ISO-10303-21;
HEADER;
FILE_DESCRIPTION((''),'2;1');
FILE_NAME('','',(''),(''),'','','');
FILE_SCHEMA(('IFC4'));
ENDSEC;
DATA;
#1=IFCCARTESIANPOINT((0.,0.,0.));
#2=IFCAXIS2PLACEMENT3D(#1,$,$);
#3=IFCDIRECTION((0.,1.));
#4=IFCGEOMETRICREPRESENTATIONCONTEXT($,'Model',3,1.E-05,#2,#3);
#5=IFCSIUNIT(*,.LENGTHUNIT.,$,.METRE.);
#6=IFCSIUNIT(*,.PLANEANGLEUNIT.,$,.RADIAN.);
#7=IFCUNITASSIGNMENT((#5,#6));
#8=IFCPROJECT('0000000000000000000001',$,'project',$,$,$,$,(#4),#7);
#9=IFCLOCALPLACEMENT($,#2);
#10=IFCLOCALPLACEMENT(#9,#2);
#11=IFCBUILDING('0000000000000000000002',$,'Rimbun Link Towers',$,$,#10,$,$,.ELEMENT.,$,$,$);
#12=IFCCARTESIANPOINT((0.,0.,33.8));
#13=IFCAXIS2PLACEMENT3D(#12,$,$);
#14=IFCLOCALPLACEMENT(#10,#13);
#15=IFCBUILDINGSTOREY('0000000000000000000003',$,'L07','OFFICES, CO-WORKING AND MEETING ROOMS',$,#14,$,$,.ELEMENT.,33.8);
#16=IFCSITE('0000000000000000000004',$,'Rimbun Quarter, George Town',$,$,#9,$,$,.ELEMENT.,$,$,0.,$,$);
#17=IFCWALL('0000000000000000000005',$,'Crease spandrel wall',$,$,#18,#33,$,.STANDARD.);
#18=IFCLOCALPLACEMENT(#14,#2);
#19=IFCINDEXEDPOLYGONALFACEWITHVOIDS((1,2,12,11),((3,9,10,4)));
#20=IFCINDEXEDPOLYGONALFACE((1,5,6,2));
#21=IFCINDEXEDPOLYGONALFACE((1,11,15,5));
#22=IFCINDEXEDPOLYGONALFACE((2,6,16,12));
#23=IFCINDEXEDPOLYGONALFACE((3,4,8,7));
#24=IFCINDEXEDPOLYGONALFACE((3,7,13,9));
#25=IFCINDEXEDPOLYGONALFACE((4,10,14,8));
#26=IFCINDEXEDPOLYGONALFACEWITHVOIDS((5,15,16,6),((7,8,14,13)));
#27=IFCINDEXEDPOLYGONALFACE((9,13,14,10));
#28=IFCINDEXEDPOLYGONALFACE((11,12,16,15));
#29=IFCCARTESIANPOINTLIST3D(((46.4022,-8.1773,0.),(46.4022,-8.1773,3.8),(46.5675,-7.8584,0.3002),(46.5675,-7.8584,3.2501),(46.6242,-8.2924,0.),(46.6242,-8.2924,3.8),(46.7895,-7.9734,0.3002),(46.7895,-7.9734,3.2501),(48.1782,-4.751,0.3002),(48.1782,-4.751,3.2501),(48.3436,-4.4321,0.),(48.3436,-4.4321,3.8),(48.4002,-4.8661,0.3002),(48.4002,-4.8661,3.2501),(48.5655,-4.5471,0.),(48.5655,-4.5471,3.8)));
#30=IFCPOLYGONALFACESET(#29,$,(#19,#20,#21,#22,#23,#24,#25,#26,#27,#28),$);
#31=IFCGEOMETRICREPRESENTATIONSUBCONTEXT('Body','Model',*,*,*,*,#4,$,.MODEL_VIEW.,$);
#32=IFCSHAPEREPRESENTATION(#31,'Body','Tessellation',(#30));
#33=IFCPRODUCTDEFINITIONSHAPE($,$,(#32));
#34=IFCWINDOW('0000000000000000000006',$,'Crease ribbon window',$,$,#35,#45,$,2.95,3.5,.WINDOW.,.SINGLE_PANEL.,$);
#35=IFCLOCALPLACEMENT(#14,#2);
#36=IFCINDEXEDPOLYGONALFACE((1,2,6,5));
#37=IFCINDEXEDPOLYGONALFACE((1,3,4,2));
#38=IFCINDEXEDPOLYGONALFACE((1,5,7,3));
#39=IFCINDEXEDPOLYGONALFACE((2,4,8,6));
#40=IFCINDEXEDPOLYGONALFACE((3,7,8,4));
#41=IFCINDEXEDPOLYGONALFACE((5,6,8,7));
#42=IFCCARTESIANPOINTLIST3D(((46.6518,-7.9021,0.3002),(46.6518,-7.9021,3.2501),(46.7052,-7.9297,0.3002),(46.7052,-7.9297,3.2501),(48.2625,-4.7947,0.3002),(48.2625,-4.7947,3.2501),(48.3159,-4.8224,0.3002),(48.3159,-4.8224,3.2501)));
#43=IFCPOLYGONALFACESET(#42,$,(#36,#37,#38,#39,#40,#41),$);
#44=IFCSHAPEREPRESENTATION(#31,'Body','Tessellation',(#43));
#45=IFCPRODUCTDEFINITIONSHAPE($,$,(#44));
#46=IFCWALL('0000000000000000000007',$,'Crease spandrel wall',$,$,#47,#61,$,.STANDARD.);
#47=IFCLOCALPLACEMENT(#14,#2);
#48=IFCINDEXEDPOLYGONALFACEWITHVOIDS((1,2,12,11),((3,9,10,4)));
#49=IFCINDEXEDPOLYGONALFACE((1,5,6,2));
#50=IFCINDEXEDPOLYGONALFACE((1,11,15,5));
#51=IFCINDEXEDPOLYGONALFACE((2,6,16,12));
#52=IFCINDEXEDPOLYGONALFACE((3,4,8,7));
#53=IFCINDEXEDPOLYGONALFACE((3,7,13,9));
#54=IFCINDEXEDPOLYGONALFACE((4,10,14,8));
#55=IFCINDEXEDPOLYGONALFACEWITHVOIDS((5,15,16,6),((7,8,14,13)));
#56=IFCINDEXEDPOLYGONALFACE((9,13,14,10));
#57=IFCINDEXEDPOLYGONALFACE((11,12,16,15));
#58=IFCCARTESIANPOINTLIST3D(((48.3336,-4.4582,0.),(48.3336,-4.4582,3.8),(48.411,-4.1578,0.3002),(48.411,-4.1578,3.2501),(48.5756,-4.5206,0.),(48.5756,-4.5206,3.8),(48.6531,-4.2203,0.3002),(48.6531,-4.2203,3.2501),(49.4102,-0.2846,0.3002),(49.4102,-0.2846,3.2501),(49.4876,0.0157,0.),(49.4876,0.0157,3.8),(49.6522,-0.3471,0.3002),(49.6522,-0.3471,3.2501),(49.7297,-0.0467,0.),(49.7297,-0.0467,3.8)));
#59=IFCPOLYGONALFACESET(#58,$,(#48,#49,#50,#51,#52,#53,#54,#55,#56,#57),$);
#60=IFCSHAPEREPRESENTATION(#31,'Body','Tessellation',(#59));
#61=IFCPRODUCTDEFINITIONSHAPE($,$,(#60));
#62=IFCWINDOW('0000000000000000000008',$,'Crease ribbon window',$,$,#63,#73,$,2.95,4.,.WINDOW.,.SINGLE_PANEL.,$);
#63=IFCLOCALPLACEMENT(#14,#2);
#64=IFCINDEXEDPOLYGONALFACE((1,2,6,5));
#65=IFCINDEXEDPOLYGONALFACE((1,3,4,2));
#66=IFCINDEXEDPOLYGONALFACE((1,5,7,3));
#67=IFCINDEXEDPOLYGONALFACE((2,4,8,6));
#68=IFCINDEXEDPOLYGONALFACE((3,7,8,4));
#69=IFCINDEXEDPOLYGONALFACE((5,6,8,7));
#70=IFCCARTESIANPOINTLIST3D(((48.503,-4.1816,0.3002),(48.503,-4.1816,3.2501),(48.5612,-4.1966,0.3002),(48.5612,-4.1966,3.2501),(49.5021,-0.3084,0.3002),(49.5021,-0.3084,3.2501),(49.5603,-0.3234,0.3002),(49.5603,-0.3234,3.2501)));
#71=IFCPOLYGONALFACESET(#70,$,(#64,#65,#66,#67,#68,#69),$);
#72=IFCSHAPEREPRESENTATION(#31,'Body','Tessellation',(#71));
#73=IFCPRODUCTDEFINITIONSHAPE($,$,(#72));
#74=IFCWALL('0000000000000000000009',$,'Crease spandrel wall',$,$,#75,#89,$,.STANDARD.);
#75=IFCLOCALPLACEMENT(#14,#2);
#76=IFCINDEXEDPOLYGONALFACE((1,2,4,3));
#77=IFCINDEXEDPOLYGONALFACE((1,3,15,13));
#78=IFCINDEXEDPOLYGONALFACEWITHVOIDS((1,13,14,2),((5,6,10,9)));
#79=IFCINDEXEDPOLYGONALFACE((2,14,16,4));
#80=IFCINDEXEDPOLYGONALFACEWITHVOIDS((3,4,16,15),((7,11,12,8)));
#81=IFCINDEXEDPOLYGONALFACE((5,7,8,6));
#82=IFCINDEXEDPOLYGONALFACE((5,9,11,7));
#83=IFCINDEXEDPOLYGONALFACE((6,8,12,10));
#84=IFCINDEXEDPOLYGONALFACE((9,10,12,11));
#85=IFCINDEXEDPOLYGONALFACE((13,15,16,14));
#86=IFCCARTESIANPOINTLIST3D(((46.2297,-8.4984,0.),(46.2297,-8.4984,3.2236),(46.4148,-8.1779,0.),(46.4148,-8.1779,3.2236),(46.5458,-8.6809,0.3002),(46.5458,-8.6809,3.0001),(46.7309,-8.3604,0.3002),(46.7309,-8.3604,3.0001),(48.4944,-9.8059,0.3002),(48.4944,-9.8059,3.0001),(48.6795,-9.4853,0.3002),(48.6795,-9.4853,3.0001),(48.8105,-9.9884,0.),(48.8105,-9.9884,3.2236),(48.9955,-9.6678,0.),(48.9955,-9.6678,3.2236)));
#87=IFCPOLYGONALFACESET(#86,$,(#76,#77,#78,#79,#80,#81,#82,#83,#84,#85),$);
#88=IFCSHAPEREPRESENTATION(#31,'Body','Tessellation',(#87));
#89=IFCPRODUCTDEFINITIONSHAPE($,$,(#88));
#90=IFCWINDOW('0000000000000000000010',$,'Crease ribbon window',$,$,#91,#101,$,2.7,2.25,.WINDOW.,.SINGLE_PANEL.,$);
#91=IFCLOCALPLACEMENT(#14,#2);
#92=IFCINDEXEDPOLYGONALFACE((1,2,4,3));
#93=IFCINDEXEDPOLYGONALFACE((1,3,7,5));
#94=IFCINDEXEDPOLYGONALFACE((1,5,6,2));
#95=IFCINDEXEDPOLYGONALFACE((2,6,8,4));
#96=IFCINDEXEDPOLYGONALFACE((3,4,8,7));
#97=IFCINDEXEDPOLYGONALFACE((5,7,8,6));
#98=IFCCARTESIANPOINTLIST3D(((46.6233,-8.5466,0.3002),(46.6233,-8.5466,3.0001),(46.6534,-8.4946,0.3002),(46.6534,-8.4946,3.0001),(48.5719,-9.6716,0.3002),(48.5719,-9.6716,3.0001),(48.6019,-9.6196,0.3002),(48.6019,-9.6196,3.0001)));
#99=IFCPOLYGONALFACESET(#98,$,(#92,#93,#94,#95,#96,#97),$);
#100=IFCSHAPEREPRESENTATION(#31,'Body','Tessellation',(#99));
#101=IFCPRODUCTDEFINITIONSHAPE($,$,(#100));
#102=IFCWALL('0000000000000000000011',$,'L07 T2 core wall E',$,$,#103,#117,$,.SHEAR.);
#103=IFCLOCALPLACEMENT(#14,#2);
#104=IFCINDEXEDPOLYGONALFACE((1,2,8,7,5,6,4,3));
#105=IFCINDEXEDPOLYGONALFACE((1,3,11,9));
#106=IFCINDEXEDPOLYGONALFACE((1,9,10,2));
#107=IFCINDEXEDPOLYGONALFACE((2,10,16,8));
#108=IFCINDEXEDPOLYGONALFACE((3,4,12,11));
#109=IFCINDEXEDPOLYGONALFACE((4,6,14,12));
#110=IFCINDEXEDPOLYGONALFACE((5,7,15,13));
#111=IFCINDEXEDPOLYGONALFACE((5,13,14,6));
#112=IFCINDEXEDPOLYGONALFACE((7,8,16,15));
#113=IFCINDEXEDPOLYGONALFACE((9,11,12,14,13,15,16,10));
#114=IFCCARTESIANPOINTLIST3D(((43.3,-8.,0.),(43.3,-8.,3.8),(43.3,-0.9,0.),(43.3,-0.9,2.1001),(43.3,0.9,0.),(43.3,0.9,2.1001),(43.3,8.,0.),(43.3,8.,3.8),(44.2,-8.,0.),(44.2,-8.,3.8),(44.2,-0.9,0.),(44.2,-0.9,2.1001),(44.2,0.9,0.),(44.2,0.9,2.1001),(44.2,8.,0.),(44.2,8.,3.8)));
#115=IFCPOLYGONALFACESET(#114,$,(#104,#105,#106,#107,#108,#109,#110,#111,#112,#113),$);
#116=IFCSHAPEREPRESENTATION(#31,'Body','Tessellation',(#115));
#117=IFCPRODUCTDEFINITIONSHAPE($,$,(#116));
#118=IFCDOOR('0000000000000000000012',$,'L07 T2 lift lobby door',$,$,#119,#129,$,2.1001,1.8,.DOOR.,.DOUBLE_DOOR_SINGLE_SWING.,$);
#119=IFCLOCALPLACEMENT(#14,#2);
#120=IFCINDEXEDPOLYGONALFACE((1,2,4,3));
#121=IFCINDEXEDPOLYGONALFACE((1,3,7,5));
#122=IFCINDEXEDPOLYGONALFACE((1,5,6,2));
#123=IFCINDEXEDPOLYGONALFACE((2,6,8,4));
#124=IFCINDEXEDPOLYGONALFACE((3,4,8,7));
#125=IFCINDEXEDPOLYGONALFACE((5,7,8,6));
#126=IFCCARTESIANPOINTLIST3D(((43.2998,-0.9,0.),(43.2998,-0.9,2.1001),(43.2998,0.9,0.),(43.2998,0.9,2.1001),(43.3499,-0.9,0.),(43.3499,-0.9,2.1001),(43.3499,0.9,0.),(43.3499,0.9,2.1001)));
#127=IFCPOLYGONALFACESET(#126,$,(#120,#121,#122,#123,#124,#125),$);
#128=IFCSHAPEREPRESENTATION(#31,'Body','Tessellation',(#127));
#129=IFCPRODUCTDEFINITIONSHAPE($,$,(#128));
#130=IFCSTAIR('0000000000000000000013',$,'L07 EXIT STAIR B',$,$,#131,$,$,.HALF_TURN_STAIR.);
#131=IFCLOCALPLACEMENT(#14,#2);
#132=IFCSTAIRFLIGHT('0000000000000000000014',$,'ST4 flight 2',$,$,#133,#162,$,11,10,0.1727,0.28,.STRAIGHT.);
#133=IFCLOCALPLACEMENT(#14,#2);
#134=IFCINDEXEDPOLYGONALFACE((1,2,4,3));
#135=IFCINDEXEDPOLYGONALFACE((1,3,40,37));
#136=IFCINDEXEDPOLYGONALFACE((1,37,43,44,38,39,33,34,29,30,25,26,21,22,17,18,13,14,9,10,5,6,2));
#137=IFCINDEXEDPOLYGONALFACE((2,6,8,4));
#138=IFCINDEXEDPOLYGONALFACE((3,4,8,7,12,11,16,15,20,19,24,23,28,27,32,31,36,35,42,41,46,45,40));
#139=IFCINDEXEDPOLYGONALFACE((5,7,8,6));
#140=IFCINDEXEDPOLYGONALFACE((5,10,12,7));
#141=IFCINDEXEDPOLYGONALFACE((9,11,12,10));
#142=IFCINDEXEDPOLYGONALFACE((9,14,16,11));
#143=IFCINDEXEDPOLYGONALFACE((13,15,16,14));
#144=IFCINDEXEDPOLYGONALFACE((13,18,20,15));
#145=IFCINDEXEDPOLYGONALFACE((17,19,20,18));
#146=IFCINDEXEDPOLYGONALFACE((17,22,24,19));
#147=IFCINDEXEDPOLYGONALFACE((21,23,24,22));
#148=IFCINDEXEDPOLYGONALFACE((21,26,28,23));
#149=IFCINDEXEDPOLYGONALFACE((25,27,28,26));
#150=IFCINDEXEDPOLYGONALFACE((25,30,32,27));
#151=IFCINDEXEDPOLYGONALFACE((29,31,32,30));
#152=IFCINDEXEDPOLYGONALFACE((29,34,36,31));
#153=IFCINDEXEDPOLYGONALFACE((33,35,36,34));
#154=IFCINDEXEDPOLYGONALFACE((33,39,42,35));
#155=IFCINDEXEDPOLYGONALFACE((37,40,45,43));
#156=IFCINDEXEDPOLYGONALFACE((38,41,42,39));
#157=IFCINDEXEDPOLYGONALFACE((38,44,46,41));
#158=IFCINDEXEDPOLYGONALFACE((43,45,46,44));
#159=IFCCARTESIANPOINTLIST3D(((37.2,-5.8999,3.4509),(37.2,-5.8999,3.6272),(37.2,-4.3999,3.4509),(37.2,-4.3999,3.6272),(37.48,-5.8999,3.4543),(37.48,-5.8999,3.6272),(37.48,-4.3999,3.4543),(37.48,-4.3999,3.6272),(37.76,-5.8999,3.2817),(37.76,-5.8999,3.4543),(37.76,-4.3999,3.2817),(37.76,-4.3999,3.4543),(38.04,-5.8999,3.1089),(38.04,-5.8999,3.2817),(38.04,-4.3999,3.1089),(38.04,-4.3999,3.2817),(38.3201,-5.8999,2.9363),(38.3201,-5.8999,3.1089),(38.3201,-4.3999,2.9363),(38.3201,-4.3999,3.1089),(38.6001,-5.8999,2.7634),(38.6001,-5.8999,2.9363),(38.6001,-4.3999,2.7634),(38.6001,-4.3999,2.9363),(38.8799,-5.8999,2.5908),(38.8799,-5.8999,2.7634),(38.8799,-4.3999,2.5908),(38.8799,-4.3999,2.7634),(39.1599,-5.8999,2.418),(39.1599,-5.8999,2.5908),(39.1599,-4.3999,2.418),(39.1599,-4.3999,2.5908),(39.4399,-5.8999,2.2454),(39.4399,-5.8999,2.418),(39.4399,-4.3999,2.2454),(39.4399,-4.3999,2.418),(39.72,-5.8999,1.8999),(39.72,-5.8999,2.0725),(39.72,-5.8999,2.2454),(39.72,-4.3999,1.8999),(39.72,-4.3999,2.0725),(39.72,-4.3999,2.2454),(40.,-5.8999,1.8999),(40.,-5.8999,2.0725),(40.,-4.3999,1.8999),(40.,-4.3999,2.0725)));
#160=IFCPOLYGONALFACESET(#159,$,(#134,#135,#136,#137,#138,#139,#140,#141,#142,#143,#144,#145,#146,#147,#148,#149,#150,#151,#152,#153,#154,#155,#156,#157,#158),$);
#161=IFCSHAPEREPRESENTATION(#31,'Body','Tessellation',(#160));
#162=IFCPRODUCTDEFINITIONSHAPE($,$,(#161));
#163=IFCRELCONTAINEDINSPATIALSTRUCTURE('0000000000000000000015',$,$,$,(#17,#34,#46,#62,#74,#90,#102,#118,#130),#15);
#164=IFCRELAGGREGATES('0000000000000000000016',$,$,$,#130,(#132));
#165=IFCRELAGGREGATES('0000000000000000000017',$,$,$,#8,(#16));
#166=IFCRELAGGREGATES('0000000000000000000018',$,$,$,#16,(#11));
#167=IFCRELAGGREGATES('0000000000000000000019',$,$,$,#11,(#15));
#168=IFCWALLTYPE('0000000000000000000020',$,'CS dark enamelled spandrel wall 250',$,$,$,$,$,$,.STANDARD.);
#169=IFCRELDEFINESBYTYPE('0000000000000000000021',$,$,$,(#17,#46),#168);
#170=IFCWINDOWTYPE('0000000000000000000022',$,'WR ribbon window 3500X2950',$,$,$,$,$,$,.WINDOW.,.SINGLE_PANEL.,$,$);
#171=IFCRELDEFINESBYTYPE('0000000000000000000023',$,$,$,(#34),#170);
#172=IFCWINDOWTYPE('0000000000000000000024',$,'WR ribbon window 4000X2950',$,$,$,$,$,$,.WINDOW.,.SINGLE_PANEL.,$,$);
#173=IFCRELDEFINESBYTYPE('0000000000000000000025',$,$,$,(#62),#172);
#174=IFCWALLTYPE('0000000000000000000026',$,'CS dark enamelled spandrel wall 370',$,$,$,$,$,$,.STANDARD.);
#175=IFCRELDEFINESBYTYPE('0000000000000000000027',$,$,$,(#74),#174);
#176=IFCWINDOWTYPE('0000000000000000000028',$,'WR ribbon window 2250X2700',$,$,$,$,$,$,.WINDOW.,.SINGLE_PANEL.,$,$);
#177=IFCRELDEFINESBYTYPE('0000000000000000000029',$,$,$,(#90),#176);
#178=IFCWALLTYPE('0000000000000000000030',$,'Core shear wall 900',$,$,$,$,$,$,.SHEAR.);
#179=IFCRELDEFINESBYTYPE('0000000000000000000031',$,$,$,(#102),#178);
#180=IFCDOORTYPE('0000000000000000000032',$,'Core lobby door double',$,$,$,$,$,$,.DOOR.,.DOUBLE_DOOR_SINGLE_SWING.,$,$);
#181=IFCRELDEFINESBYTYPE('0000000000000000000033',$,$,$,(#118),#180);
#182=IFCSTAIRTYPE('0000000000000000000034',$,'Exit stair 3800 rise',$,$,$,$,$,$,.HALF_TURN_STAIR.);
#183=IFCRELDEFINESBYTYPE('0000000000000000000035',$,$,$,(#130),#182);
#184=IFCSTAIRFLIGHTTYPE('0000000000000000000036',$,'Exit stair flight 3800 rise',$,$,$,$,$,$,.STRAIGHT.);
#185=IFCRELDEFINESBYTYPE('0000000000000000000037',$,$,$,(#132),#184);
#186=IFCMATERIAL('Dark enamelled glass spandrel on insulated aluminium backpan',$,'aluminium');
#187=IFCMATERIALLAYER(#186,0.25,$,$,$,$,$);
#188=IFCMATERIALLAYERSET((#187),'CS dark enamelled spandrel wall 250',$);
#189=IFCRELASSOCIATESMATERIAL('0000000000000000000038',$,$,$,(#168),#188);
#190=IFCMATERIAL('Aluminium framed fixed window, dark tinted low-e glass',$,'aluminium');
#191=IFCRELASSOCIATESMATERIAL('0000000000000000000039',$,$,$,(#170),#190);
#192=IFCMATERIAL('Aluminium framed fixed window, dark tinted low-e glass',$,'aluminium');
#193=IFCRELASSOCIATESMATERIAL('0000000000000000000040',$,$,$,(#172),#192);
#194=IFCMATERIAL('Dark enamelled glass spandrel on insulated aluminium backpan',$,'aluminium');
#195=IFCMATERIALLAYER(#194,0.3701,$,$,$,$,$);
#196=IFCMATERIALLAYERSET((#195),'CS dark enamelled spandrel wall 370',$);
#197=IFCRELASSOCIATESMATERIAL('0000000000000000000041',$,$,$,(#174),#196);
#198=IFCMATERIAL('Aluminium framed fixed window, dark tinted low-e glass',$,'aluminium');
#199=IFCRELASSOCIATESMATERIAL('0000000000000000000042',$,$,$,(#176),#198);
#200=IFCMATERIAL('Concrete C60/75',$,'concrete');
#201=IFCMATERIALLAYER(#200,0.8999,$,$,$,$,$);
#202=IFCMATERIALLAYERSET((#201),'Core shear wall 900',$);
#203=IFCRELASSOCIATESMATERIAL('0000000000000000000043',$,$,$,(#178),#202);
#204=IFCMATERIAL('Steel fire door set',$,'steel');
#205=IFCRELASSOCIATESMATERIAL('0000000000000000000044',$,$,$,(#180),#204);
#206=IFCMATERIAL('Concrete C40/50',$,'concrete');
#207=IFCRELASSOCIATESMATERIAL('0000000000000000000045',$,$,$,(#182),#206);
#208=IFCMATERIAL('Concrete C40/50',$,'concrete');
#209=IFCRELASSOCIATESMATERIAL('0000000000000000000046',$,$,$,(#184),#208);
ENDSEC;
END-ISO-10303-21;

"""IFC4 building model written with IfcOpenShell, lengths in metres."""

from ifc_helpers import new_model, si_unit, direction, frame, frame_2d, origin, place, context, subcontext, project, spatial, polyline, rectangle, outline, extrude, material, layer, layer_set, type_object, element, fill, aggregate, save


model = new_model("IFC4")

# Units and contexts
model_context = context("Model", 3, precision=1e-05, world=origin(), true_north=direction((0.0, 1.0)))
body_context = subcontext(model_context, "Body", "Model", "MODEL_VIEW")
ifc_project = project(units=[si_unit("LENGTHUNIT", "METRE"), si_unit("PLANEANGLEUNIT", "RADIAN")], contexts=[model_context])

# Site, building, storey
site_placement = place(None, origin())
site = spatial("IfcSite", under=ifc_project, at=site_placement, Name="Rimbun Quarter, George Town", CompositionType="ELEMENT", RefElevation=0.0)
building_placement = place(site_placement, origin())
building = spatial("IfcBuilding", under=site, at=building_placement, Name="Rimbun Link Towers", CompositionType="ELEMENT")
storey_placement = place(building_placement, frame((0.0, 0.0, 33.8)))
storey = spatial("IfcBuildingStorey", under=building, at=storey_placement, Name="L07", Description="OFFICES, CO-WORKING AND MEETING ROOMS", CompositionType="ELEMENT", Elevation=33.8)

# Walls, openings, windows
ifc_material_1 = material(Name="Dark enamelled glass spandrel on insulated aluminium backpan", Category="aluminium")
ifc_layer_1 = layer(ifc_material_1, 0.25)
ifc_layer_set_1 = layer_set([ifc_layer_1], Name="CS dark enamelled spandrel wall 250")
wall_type_1 = type_object("IfcWallType", Name="CS dark enamelled spandrel wall 250", PredefinedType="STANDARD", material=ifc_layer_set_1)
wall_1_placement = place(storey_placement, frame((48.4546, -4.4895, 0.0), z_axis=(0.0, 0.0, 1.0), x_axis=(-0.460199, -0.887816, 0.0)))
wall_1 = element("IfcWall", 1, at=wall_1_placement, inside=storey, type_object=wall_type_1, Name="Crease spandrel wall", PredefinedType="STANDARD", context=body_context, shape_type="SweptSolid", body=[
    extrude(rectangle(XDim=4.2185, YDim=0.25, at=frame_2d((2.1094, 0.0))), origin(), (0.0, 0.0, 1.0), 3.8),
])
opening_1_placement = place(wall_1_placement, frame((0.3594, 0.0, 0.3)))
opening_1 = element("IfcOpeningElement", 2, at=opening_1_placement, cuts=wall_1, PredefinedType="OPENING", context=body_context, shape_type="SweptSolid", body=[
    extrude(rectangle(XDim=3.5, YDim=2.95, at=frame_2d((1.75, 1.4751))), frame((0.0, 0.135, 0.0), z_axis=(0.0, -1.0, 0.0), x_axis=(1.0, 0.0, 0.0)), (0.0, 0.0, 1.0), 0.27),
])
ifc_material_2 = material(Name="Aluminium framed fixed window, dark tinted low-e glass", Category="aluminium")
window_type_1 = type_object("IfcWindowType", Name="WR ribbon window 3500X2950", PartitioningType="SINGLE_PANEL", PredefinedType="WINDOW", material=ifc_material_2)
window_1_placement = place(opening_1_placement, origin())
window_1 = element("IfcWindow", 3, at=window_1_placement, inside=storey, type_object=window_type_1, Name="Crease ribbon window", OverallHeight=2.95, OverallWidth=3.5, PartitioningType="SINGLE_PANEL", PredefinedType="WINDOW", context=body_context, shape_type="SweptSolid", body=[
    extrude(rectangle(XDim=3.5, YDim=2.95, at=frame_2d((1.75, 1.4751))), frame((0.0, 0.03, 0.0), z_axis=(0.0, -1.0, 0.0), x_axis=(1.0, 0.0, 0.0)), (0.0, 0.0, 1.0), 0.0601),
])
fill(opening_1, window_1)
wall_2_placement = place(storey_placement, frame((49.6086, -0.0156, 0.0), z_axis=(0.0, 0.0, 1.0), x_axis=(-0.249777, -0.968303, 0.0)))
wall_2 = element("IfcWall", 4, at=wall_2_placement, inside=storey, type_object=wall_type_1, Name="Crease spandrel wall", PredefinedType="STANDARD", context=body_context, shape_type="SweptSolid", body=[
    extrude(rectangle(XDim=4.6204, YDim=0.25, at=frame_2d((2.3101, 0.0))), origin(), (0.0, 0.0, 1.0), 3.8),
])
opening_2_placement = place(wall_2_placement, frame((0.3101, 0.0, 0.3)))
opening_2 = element("IfcOpeningElement", 5, at=opening_2_placement, cuts=wall_2, PredefinedType="OPENING", context=body_context, shape_type="SweptSolid", body=[
    extrude(rectangle(XDim=4.0, YDim=2.95, at=frame_2d((2.0, 1.4751))), frame((0.0, 0.135, 0.0), z_axis=(0.0, -1.0, 0.0), x_axis=(1.0, 0.0, 0.0)), (0.0, 0.0, 1.0), 0.27),
])
ifc_material_3 = material(Name="Aluminium framed fixed window, dark tinted low-e glass", Category="aluminium")
window_type_2 = type_object("IfcWindowType", Name="WR ribbon window 4000X2950", PartitioningType="SINGLE_PANEL", PredefinedType="WINDOW", material=ifc_material_3)
window_2_placement = place(opening_2_placement, origin())
window_2 = element("IfcWindow", 6, at=window_2_placement, inside=storey, type_object=window_type_2, Name="Crease ribbon window", OverallHeight=2.95, OverallWidth=4.0, PartitioningType="SINGLE_PANEL", PredefinedType="WINDOW", context=body_context, shape_type="SweptSolid", body=[
    extrude(rectangle(XDim=4.0, YDim=2.95, at=frame_2d((2.0, 1.4751))), frame((0.0, 0.03, 0.0), z_axis=(0.0, -1.0, 0.0), x_axis=(1.0, 0.0, 0.0)), (0.0, 0.0, 1.0), 0.0601),
])
fill(opening_2, window_2)
ifc_material_4 = material(Name="Dark enamelled glass spandrel on insulated aluminium backpan", Category="aluminium")
ifc_layer_2 = layer(ifc_material_4, 0.3701)
ifc_layer_set_2 = layer_set([ifc_layer_2], Name="CS dark enamelled spandrel wall 370")
wall_type_2 = type_object("IfcWallType", Name="CS dark enamelled spandrel wall 370", PredefinedType="STANDARD", material=ifc_layer_set_2)
wall_3_placement = place(storey_placement, frame((46.3223, -8.3381, 0.0), z_axis=(0.0, 0.0, 1.0), x_axis=(0.866031, -0.49999, 0.0)))
wall_3 = element("IfcWall", 7, at=wall_3_placement, inside=storey, type_object=wall_type_2, Name="Crease spandrel wall", PredefinedType="STANDARD", context=body_context, shape_type="SweptSolid", body=[
    extrude(rectangle(XDim=2.98, YDim=0.3701, at=frame_2d((1.49, 0.0))), origin(), (0.0, 0.0, 1.0), 3.2236),
])
opening_3_placement = place(wall_3_placement, frame((0.365, 0.0, 0.3)))
opening_3 = element("IfcOpeningElement", 8, at=opening_3_placement, cuts=wall_3, PredefinedType="OPENING", context=body_context, shape_type="SweptSolid", body=[
    extrude(rectangle(XDim=2.25, YDim=2.7, at=frame_2d((1.125, 1.3501))), frame((0.0, 0.1951, 0.0), z_axis=(0.0, -1.0, 0.0), x_axis=(1.0, 0.0, 0.0)), (0.0, 0.0, 1.0), 0.3901),
])
ifc_material_5 = material(Name="Aluminium framed fixed window, dark tinted low-e glass", Category="aluminium")
window_type_3 = type_object("IfcWindowType", Name="WR ribbon window 2250X2700", PartitioningType="SINGLE_PANEL", PredefinedType="WINDOW", material=ifc_material_5)
window_3_placement = place(opening_3_placement, origin())
window_3 = element("IfcWindow", 9, at=window_3_placement, inside=storey, type_object=window_type_3, Name="Crease ribbon window", OverallHeight=2.7, OverallWidth=2.25, PartitioningType="SINGLE_PANEL", PredefinedType="WINDOW", context=body_context, shape_type="SweptSolid", body=[
    extrude(rectangle(XDim=2.25, YDim=2.7, at=frame_2d((1.125, 1.3501))), frame((0.0, 0.03, 0.0), z_axis=(0.0, -1.0, 0.0), x_axis=(1.0, 0.0, 0.0)), (0.0, 0.0, 1.0), 0.0601),
])
fill(opening_3, window_3)

# Wall, opening, door
ifc_material_6 = material(Name="Concrete C60/75", Category="concrete")
ifc_layer_3 = layer(ifc_material_6, 0.8999)
ifc_layer_set_3 = layer_set([ifc_layer_3], Name="Core shear wall 900")
wall_type_3 = type_object("IfcWallType", Name="Core shear wall 900", PredefinedType="SHEAR", material=ifc_layer_set_3)
wall_4_placement = place(storey_placement, frame((43.75, -8.0, 0.0), z_axis=(0.0, 0.0, 1.0), x_axis=(0.0, 1.0, 0.0)))
wall_4 = element("IfcWall", 10, at=wall_4_placement, inside=storey, type_object=wall_type_3, Name="L07 T2 core wall E", PredefinedType="SHEAR", context=body_context, shape_type="SweptSolid", body=[
    extrude(rectangle(XDim=16.0, YDim=0.8999, at=frame_2d((8.0, 0.0))), origin(), (0.0, 0.0, 1.0), 3.8),
])
opening_4_placement = place(wall_4_placement, frame((7.1001, 0.0, 0.0)))
opening_4 = element("IfcOpeningElement", 11, at=opening_4_placement, cuts=wall_4, PredefinedType="OPENING", context=body_context, shape_type="SweptSolid", body=[
    extrude(rectangle(XDim=1.8, YDim=2.1001, at=frame_2d((0.8999, 1.05))), frame((0.0, 0.46, 0.0), z_axis=(0.0, -1.0, 0.0), x_axis=(1.0, 0.0, 0.0)), (0.0, 0.0, 1.0), 0.9199),
])
ifc_material_7 = material(Name="Steel fire door set", Category="steel")
door_type = type_object("IfcDoorType", Name="Core lobby door double", OperationType="DOUBLE_DOOR_SINGLE_SWING", PredefinedType="DOOR", material=ifc_material_7)
door_placement = place(opening_4_placement, origin())
door = element("IfcDoor", 12, at=door_placement, inside=storey, type_object=door_type, Name="L07 T2 lift lobby door", OperationType="DOUBLE_DOOR_SINGLE_SWING", OverallHeight=2.1001, OverallWidth=1.8, PredefinedType="DOOR", context=body_context, shape_type="SweptSolid", body=[
    extrude(rectangle(XDim=1.8, YDim=2.1001, at=frame_2d((0.8999, 1.05))), frame((0.0, 0.4502, 0.0), z_axis=(0.0, -1.0, 0.0), x_axis=(1.0, 0.0, 0.0)), (0.0, 0.0, 1.0), 0.05),
])
fill(opening_4, door)

# Stair, stair flight
ifc_material_8 = material(Name="Concrete C40/50", Category="concrete")
stair_type = type_object("IfcStairType", Name="Exit stair 3800 rise", PredefinedType="HALF_TURN_STAIR", material=ifc_material_8)
stair_placement = place(storey_placement, origin())
stair = element("IfcStair", 13, at=stair_placement, inside=storey, type_object=stair_type, Name="L07 EXIT STAIR B", PredefinedType="HALF_TURN_STAIR")
ifc_material_9 = material(Name="Concrete C40/50", Category="concrete")
stair_flight_type = type_object("IfcStairFlightType", Name="Exit stair flight 3800 rise", PredefinedType="STRAIGHT", material=ifc_material_9)
stair_flight_placement = place(storey_placement, frame((40.0, -5.1499, 1.8999), z_axis=(0.0, 0.0, 1.0), x_axis=(-1.0, 0.0, 0.0)))
stair_flight = element("IfcStairFlight", 14, at=stair_flight_placement, type_object=stair_flight_type, Name="ST4 flight 2", NumberOfRisers=11, NumberOfTreads=10, PredefinedType="STRAIGHT", RiserHeight=0.1727, TreadLength=0.28, context=body_context, shape_type="SweptSolid", body=[
    extrude(outline(polyline([(0.0, 0.0), (0.0, 0.1726), (0.28, 0.1726), (0.28, 0.3455), (0.5601, 0.3455), (0.5601, 0.5181), (0.8401, 0.5181), (0.8401, 0.6909), (1.1201, 0.6909), (1.1201, 0.8635), (1.3999, 0.8635), (1.3999, 1.0364), (1.6799, 1.0364), (1.6799, 1.209), (1.96, 1.209), (1.96, 1.3818), (2.24, 1.3818), (2.24, 1.5544), (2.52, 1.5544), (2.52, 1.7273), (2.8, 1.7273), (2.8, 1.8999), (2.8, 1.551), (0.28, 0.0), (0.0, 0.0)])), frame((0.0, 0.75, 0.0), z_axis=(0.0, -1.0, 0.0), x_axis=(1.0, 0.0, 0.0)), (0.0, 0.0, 1.0), 1.5),
])
aggregate(stair, [stair_flight])

save(model, "model.ifc")
